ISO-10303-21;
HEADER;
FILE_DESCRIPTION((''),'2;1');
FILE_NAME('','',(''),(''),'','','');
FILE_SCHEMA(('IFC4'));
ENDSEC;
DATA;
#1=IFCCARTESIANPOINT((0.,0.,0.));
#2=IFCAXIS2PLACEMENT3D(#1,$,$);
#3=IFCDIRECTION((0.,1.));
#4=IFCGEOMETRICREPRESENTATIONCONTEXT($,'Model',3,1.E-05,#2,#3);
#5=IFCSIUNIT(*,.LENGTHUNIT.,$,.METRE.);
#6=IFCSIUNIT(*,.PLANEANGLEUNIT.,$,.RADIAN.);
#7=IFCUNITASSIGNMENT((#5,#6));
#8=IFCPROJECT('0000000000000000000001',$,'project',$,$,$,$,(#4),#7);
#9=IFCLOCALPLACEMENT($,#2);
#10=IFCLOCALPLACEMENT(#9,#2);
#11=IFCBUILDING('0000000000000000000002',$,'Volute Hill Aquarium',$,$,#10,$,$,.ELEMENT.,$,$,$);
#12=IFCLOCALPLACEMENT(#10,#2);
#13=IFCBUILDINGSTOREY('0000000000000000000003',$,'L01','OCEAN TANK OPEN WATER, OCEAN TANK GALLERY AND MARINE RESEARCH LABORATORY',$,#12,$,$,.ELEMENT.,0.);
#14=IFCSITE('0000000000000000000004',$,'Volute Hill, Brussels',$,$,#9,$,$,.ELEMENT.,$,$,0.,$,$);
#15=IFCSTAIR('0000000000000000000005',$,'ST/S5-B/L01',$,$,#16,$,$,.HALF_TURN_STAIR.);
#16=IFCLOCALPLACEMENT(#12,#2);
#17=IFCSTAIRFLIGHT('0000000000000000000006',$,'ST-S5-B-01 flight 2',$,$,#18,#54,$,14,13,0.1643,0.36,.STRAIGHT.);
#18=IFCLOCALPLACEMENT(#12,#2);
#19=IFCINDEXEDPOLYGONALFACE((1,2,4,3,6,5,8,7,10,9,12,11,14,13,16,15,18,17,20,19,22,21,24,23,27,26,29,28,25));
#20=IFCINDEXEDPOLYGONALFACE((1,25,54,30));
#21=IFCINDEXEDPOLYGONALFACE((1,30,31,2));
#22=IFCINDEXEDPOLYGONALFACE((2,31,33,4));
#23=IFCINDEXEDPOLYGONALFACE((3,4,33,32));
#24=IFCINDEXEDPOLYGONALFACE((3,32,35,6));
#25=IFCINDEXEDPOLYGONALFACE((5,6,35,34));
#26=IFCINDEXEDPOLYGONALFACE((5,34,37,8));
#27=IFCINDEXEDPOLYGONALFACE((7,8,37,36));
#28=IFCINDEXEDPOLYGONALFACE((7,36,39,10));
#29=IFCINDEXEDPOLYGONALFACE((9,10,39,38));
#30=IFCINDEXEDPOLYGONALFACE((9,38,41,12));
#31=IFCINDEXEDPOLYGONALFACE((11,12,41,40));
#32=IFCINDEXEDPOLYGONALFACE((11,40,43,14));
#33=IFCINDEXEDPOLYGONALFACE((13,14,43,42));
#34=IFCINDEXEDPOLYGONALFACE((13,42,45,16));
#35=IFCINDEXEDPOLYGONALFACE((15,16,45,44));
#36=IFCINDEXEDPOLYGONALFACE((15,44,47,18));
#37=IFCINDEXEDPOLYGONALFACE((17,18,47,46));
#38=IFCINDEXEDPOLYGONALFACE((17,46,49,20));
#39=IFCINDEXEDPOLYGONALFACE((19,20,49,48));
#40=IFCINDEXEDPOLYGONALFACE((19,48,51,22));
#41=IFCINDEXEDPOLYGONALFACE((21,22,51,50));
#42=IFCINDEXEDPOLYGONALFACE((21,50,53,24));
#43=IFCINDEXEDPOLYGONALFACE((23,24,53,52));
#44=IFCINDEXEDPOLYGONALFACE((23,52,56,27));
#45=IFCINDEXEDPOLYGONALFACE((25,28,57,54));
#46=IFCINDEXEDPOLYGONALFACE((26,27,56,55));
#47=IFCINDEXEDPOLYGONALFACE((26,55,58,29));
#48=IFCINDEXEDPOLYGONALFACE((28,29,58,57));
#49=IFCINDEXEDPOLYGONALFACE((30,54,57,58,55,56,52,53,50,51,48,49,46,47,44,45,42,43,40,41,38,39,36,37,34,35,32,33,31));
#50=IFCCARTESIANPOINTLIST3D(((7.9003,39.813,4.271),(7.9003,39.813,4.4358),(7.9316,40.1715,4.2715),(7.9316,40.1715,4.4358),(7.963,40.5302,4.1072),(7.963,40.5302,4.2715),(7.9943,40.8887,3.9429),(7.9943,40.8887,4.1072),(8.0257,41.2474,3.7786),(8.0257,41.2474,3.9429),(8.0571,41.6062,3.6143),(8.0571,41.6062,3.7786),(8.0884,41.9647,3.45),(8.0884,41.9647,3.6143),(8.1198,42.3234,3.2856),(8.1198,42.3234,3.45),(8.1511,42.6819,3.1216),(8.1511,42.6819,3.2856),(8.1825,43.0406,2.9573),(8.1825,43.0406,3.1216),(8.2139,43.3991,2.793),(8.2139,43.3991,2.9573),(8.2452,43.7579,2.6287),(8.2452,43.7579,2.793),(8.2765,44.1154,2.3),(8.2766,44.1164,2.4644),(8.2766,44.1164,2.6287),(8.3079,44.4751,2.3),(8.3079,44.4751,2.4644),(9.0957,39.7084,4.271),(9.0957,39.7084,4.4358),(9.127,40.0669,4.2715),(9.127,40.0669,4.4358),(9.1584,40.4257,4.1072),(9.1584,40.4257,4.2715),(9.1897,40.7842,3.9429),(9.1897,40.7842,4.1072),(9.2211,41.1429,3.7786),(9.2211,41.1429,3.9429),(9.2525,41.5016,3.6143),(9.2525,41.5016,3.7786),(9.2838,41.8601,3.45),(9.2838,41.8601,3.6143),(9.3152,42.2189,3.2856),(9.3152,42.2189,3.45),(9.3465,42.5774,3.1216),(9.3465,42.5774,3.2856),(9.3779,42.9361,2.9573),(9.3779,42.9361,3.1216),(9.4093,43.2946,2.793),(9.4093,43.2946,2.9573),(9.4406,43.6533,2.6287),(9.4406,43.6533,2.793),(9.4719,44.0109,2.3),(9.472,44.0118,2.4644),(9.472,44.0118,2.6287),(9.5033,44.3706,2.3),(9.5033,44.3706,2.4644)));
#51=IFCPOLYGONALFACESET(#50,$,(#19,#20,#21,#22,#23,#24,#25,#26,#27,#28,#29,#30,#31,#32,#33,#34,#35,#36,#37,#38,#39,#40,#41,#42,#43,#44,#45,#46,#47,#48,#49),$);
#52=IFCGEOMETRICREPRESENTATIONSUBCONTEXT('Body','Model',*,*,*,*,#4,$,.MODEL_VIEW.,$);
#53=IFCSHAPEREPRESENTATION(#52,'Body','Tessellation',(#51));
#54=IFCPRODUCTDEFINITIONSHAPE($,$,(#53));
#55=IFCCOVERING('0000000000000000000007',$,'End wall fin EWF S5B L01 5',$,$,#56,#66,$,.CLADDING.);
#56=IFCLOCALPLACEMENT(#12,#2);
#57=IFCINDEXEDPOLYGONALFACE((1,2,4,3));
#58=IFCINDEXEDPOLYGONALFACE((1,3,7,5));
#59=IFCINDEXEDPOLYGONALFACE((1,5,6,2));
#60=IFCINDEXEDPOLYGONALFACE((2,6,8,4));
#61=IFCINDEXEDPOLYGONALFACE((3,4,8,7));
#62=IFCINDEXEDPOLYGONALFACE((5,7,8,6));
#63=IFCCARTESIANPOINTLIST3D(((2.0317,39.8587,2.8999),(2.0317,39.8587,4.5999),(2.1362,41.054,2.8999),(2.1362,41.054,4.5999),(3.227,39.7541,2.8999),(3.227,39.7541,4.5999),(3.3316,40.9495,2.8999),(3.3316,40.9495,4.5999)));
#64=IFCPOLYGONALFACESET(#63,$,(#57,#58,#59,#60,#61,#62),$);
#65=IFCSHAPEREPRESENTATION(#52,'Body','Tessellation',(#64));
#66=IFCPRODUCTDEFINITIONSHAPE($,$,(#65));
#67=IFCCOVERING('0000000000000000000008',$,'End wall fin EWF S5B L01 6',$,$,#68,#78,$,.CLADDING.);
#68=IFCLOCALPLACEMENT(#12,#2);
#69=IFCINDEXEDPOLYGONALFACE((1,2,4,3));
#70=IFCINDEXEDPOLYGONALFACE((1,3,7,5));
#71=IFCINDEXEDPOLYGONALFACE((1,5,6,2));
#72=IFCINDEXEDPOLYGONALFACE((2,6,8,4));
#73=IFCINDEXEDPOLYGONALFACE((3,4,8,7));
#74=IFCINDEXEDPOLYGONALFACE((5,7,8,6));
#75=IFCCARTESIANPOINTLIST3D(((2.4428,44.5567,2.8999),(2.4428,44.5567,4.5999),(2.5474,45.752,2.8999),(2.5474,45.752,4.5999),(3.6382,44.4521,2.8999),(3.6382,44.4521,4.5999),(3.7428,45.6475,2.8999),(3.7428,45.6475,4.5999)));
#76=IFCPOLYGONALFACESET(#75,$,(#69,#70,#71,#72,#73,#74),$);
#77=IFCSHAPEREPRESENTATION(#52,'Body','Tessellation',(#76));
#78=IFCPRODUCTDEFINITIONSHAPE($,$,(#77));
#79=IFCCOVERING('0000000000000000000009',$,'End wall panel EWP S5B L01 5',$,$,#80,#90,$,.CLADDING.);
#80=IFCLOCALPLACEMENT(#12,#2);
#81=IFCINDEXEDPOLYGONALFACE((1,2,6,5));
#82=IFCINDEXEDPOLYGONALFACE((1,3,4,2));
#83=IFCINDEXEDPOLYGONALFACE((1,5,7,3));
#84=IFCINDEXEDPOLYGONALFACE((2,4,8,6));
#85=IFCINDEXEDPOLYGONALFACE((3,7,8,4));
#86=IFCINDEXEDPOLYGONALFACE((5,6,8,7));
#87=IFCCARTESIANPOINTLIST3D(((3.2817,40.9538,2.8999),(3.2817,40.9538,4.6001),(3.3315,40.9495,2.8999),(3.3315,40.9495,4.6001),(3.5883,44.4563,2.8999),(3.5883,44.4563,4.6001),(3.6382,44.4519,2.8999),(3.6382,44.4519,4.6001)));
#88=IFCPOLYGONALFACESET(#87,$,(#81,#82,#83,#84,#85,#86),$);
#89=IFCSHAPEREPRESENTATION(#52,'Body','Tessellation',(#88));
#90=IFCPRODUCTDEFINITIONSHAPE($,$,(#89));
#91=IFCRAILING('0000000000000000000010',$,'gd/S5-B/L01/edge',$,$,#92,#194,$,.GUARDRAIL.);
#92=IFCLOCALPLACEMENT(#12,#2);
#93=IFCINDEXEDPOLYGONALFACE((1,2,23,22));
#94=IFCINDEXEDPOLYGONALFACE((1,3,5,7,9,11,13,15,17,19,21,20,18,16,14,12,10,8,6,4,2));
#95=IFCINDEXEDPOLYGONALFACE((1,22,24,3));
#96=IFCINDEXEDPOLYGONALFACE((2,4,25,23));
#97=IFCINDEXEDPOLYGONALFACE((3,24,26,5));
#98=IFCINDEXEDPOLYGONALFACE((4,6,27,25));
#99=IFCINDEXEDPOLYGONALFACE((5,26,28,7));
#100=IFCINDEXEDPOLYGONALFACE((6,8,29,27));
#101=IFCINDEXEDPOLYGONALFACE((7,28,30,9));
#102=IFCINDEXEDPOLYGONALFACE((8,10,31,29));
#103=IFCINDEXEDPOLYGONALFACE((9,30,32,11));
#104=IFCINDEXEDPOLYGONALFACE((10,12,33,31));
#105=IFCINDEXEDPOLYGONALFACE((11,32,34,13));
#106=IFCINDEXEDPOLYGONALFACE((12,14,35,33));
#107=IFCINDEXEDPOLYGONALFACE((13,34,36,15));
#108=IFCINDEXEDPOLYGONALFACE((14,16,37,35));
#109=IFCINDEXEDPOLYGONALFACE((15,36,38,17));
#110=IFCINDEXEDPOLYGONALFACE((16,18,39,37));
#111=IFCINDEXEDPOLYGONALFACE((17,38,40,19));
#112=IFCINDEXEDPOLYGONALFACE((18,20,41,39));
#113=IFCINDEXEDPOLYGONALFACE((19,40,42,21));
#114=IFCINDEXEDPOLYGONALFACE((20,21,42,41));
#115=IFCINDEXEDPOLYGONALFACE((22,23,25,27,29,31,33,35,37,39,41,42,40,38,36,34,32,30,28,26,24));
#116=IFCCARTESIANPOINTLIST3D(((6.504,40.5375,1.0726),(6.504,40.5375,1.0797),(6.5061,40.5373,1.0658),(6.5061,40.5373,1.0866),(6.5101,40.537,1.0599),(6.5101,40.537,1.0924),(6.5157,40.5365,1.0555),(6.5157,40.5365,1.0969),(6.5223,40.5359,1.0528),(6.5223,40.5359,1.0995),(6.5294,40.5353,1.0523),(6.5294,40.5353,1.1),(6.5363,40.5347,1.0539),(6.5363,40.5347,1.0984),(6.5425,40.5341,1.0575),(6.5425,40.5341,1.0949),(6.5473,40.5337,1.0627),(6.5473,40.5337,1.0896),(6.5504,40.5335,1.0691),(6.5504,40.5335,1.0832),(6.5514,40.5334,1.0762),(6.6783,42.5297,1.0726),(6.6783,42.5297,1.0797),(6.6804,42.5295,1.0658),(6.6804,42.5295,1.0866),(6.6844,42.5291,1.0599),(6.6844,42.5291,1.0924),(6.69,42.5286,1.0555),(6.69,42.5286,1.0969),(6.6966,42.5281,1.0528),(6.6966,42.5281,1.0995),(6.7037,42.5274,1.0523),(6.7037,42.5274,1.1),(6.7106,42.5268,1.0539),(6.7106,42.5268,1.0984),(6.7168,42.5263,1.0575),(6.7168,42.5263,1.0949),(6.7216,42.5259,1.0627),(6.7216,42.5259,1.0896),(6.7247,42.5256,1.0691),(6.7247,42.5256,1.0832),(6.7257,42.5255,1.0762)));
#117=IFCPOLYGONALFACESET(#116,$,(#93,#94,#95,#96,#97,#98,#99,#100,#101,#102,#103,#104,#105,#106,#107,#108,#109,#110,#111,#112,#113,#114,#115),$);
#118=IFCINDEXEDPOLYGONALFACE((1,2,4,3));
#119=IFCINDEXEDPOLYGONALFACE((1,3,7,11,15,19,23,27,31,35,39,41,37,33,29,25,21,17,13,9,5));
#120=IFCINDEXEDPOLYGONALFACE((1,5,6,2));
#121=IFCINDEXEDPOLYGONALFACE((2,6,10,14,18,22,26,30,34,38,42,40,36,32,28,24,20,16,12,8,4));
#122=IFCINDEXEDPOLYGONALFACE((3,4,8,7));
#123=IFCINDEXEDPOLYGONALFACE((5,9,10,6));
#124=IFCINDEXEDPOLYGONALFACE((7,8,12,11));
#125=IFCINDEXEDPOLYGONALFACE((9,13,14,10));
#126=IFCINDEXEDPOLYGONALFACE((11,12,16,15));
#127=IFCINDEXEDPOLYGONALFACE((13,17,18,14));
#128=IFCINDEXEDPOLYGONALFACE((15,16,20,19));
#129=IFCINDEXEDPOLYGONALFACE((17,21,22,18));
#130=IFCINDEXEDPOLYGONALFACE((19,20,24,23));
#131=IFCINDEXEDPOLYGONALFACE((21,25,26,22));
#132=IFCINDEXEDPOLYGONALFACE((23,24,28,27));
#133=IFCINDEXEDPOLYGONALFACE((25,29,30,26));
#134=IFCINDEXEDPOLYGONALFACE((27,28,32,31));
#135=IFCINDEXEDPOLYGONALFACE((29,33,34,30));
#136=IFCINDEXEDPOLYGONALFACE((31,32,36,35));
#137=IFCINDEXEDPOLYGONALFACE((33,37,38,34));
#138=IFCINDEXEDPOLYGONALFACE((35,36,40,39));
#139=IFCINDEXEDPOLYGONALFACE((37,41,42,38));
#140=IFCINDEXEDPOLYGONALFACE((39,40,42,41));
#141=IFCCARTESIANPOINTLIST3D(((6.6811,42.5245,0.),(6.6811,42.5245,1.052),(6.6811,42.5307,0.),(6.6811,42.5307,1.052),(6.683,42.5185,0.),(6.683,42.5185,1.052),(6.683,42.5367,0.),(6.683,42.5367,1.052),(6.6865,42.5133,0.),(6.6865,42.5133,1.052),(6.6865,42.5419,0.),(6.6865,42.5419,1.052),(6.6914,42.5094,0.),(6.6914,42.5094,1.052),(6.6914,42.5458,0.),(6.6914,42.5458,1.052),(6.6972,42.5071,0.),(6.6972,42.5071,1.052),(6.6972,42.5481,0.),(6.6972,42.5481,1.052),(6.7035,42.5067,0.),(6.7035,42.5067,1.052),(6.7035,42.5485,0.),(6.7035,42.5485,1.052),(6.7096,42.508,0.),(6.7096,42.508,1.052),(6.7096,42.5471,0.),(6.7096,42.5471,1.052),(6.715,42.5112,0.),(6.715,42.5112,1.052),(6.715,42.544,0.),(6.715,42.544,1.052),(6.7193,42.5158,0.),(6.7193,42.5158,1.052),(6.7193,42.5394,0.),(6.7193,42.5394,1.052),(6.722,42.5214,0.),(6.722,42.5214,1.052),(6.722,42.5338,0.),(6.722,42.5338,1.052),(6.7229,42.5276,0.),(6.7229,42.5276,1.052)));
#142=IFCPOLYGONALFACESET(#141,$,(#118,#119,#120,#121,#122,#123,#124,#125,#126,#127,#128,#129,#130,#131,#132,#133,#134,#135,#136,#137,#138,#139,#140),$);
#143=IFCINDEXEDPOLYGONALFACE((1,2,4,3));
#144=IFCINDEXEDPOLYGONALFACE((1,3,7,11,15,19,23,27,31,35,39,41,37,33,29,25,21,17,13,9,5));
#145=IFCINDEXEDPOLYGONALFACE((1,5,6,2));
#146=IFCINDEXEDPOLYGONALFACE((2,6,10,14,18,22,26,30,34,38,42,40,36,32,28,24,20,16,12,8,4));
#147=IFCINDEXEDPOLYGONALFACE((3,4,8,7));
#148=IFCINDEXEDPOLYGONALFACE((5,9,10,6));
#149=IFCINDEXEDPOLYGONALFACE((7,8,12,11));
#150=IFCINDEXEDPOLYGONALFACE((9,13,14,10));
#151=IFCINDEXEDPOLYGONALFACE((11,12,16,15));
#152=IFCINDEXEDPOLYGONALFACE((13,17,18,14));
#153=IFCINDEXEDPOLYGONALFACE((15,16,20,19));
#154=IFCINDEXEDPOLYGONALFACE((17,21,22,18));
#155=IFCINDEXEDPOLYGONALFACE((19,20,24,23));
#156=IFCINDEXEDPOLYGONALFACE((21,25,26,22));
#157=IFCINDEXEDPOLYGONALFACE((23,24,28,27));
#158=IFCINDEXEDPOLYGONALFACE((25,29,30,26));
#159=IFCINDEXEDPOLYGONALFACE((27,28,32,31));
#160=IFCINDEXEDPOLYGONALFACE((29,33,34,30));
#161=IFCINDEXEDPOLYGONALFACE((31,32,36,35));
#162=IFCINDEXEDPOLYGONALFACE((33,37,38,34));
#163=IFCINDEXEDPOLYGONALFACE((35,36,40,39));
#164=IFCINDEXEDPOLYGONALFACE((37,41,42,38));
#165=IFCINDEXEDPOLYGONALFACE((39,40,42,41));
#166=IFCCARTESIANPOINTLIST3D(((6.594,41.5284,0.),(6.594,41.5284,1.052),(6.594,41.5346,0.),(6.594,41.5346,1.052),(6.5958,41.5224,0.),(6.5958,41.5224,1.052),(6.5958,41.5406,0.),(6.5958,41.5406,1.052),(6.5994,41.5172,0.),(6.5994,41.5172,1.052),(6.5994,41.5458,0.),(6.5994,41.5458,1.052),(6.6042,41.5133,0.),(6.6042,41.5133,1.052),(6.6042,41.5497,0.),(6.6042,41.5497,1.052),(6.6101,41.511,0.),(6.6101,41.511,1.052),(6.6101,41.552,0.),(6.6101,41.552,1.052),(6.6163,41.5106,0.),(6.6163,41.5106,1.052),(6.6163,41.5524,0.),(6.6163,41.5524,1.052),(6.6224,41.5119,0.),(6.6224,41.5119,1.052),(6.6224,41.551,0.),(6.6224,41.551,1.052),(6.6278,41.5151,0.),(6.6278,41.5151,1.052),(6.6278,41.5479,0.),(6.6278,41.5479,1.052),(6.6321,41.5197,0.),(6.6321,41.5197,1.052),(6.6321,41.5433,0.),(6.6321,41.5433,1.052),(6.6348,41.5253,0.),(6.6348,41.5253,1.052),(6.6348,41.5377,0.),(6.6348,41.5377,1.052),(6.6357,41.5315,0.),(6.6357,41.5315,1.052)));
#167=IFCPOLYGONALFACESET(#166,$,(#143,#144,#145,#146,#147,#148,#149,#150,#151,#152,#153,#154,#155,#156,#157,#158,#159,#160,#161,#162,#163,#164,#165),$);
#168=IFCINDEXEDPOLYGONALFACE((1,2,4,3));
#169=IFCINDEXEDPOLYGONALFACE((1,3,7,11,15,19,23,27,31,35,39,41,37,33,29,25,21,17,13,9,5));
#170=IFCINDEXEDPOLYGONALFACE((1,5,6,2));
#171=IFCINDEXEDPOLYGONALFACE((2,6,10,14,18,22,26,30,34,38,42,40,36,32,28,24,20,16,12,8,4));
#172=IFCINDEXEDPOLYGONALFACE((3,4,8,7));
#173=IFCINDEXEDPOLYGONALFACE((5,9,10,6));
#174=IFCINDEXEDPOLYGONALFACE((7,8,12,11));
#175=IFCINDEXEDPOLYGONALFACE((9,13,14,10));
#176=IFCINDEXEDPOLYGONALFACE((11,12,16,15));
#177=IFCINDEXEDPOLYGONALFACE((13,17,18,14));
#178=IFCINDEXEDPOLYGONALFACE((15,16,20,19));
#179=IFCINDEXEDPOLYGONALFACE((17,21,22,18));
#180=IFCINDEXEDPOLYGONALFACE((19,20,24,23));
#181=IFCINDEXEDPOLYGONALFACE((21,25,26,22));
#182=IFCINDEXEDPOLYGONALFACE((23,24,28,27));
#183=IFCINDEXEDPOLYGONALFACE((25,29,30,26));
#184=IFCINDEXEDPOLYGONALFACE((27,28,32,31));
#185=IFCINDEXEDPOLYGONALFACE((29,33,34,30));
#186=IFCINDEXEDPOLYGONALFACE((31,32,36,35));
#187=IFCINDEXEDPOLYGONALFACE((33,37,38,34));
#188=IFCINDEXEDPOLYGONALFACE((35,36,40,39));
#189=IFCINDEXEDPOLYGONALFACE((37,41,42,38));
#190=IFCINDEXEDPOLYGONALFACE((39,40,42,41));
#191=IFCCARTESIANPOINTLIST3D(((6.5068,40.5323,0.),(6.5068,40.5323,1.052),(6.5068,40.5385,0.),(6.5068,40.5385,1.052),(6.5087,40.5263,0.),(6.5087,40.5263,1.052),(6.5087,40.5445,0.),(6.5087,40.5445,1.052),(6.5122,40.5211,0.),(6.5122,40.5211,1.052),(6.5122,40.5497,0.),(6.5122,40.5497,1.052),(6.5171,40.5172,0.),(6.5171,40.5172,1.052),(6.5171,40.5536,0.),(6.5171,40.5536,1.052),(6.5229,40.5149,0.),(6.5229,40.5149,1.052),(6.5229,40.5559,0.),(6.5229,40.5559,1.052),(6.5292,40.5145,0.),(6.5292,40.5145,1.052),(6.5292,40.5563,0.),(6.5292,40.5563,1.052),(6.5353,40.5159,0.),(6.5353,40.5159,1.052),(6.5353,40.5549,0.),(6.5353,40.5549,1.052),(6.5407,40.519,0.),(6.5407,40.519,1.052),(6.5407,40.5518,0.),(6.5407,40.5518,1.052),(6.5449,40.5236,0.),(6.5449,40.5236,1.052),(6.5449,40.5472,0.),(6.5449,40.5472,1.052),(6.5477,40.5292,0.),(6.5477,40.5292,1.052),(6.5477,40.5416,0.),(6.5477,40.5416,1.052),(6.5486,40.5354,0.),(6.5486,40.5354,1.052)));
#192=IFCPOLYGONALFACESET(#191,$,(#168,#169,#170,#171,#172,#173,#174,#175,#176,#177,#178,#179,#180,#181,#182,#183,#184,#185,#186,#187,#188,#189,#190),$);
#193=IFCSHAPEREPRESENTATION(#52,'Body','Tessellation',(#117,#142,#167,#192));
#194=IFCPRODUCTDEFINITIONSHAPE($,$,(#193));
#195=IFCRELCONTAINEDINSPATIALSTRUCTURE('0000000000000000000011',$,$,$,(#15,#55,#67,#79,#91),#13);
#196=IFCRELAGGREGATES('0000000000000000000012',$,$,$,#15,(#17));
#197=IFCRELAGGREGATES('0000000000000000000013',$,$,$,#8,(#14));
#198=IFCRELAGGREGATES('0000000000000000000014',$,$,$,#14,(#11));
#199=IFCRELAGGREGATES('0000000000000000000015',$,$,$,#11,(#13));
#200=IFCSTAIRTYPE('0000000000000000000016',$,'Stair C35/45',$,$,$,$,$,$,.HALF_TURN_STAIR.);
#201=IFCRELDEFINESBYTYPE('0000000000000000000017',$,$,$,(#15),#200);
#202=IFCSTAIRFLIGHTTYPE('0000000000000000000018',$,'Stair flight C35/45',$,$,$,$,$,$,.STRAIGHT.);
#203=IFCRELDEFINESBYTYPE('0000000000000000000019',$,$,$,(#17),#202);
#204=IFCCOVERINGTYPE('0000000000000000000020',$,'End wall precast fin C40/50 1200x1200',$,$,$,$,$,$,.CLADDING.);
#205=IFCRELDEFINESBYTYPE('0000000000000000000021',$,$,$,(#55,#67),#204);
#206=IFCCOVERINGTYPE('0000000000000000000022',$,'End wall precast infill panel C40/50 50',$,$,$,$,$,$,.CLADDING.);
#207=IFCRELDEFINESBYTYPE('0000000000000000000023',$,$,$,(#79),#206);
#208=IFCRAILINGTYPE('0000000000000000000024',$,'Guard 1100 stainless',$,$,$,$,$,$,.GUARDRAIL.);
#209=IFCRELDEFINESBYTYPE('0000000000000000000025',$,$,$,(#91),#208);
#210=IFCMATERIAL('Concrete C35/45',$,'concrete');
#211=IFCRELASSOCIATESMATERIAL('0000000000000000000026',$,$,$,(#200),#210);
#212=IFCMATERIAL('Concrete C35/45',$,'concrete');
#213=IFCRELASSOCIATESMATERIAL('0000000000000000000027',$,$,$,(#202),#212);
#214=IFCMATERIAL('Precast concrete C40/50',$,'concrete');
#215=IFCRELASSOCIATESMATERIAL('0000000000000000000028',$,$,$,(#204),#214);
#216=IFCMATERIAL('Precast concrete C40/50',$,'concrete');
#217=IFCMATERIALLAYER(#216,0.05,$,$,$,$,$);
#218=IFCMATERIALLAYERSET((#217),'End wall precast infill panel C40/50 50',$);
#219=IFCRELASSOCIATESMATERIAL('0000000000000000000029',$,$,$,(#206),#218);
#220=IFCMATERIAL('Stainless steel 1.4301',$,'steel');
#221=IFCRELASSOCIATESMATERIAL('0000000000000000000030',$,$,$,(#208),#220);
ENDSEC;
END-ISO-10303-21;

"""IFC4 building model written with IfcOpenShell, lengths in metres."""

from ifc_helpers import new_model, si_unit, direction, frame, origin, origin_2d, place, context, subcontext, project, spatial, polyline, rectangle, circle, outline, extrude, material, layer, layer_set, type_object, element, aggregate, save


model = new_model("IFC4")

# Units and contexts
model_context = context("Model", 3, precision=1e-05, world=origin(), true_north=direction((0.0, 1.0)))
body_context = subcontext(model_context, "Body", "Model", "MODEL_VIEW")
ifc_project = project(units=[si_unit("LENGTHUNIT", "METRE"), si_unit("PLANEANGLEUNIT", "RADIAN")], contexts=[model_context])

# Site, building, storey
site_placement = place(None, origin())
site = spatial("IfcSite", under=ifc_project, at=site_placement, Name="Volute Hill, Brussels", CompositionType="ELEMENT", RefElevation=0.0)
building_placement = place(site_placement, origin())
building = spatial("IfcBuilding", under=site, at=building_placement, Name="Volute Hill Aquarium", CompositionType="ELEMENT")
storey_placement = place(building_placement, origin())
storey = spatial("IfcBuildingStorey", under=building, at=storey_placement, Name="L01", Description="OCEAN TANK OPEN WATER, OCEAN TANK GALLERY AND MARINE RESEARCH LABORATORY", CompositionType="ELEMENT", Elevation=0.0)

# Stair, stair flight
ifc_material_1 = material(Name="Concrete C35/45", Category="concrete")
stair_type = type_object("IfcStairType", Name="Stair C35/45", PredefinedType="HALF_TURN_STAIR", material=ifc_material_1)
stair_placement = place(storey_placement, origin())
stair = element("IfcStair", 1, at=stair_placement, inside=storey, type_object=stair_type, Name="ST/S5-B/L01", PredefinedType="HALF_TURN_STAIR")
ifc_material_2 = material(Name="Concrete C35/45", Category="concrete")
stair_flight_type = type_object("IfcStairFlightType", Name="Stair flight C35/45", PredefinedType="STRAIGHT", material=ifc_material_2)
stair_flight_1_placement = place(storey_placement, frame((8.9055, 44.4229, 2.3), z_axis=(0.0, 0.0, 1.0), x_axis=(-0.087109, -0.996199, 0.0)))
stair_flight_1 = element("IfcStairFlight", 2, at=stair_flight_1_placement, type_object=stair_flight_type, Name="ST-S5-B-01 flight 2", NumberOfRisers=14, NumberOfTreads=13, PredefinedType="STRAIGHT", RiserHeight=0.1643, TreadLength=0.36, context=body_context, shape_type="SweptSolid", body=[
    extrude(outline(polyline([(0.0, 0.0), (0.0, 0.1643), (0.3601, 0.1643), (0.3601, 0.3286), (0.72, 0.3286), (0.72, 0.4929), (1.0801, 0.4929), (1.0801, 0.6572), (1.4399, 0.6572), (1.4399, 0.8215), (1.8, 0.8215), (1.8, 0.9856), (2.1599, 0.9856), (2.1599, 1.1499), (2.52, 1.1499), (2.52, 1.3142), (2.8799, 1.3142), (2.8799, 1.4785), (3.24, 1.4785), (3.24, 1.6428), (3.6001, 1.6428), (3.6001, 1.8071), (3.96, 1.8071), (3.96, 1.9714), (4.3201, 1.9714), (4.3201, 2.1357), (4.6799, 2.1357), (4.6799, 2.3), (4.6799, 1.9709), (0.3611, 0.0), (0.0, 0.0)])), frame((0.0, 0.6001, 0.0), z_axis=(0.0, -1.0, 0.0), x_axis=(1.0, 0.0, 0.0)), (0.0, 0.0, 1.0), 1.2),
])
aggregate(stair, [stair_flight_1])

# Coverings
ifc_material_3 = material(Name="Precast concrete C40/50", Category="concrete")
covering_type_1 = type_object("IfcCoveringType", Name="End wall precast fin C40/50 1200x1200", PredefinedType="CLADDING", material=ifc_material_3)
for number, where, z_axis, x_axis, name in (
    (3, (2.6816, 40.4041, 2.8999), (0.0, 0.0, 1.0), (0.087157, 0.996195, 0.0), "End wall fin EWF S5B L01 5"),
    (4, (3.0928, 45.1021, 2.8999), (0.0, 0.0, 1.0), (0.087157, 0.996195, 0.0), "End wall fin EWF S5B L01 6"),
):
    element("IfcCovering", number, at=place(storey_placement, frame(where, z_axis=z_axis, x_axis=x_axis)), inside=storey, type_object=covering_type_1, Name=name, PredefinedType="CLADDING", context=body_context, shape_type="SweptSolid", body=[
        extrude(rectangle(XDim=1.2, YDim=1.2, at=origin_2d()), origin(), (0.0, 0.0, 1.0), 1.7),
    ])
ifc_material_4 = material(Name="Precast concrete C40/50", Category="concrete")
ifc_layer_1 = layer(ifc_material_4, 0.05)
ifc_layer_set_1 = layer_set([ifc_layer_1], Name="End wall precast infill panel C40/50 50")
covering_type_2 = type_object("IfcCoveringType", Name="End wall precast infill panel C40/50 50", PredefinedType="CLADDING", material=ifc_layer_set_1)
covering_1_placement = place(storey_placement, frame((3.3315, 40.9495, 2.8999), z_axis=(0.996189, -0.087217, 0.0), x_axis=(0.087217, 0.996189, 0.0)))
element("IfcCovering", 5, at=covering_1_placement, inside=storey, type_object=covering_type_2, Name="End wall panel EWP S5B L01 5", PredefinedType="CLADDING", context=body_context, shape_type="SweptSolid", body=[
    extrude(outline(polyline([(0.0, 0.0), (3.5158, 0.0), (3.5158, 1.7002), (0.0, 1.7002), (0.0, 0.0)])), origin(), (0.0, 0.0, -1.0), 0.05),
])

# Railing
ifc_material_5 = material(Name="Stainless steel 1.4301", Category="steel")
railing_type_1 = type_object("IfcRailingType", Name="Guard 1100 stainless", PredefinedType="GUARDRAIL", material=ifc_material_5)
railing_1_placement = place(storey_placement, frame((6.7019, 42.5276, 0.0)))
element("IfcRailing", 6, at=railing_1_placement, inside=storey, type_object=railing_type_1, Name="gd/S5-B/L01/edge", PredefinedType="GUARDRAIL", context=body_context, shape_type="SweptSolid", body=[
    extrude(circle(Radius=0.0239, at=origin_2d()), frame((0.0, 0.0, 1.0762), z_axis=(-0.087167, -0.996194, 0.0), x_axis=(0.996194, -0.087167, 0.0)), (0.0, 0.0, 1.0), 1.9998),
    extrude(circle(Radius=0.021, at=origin_2d()), origin(), (0.0, 0.0, 1.0), 1.052),
    extrude(circle(Radius=0.021, at=origin_2d()), frame((-0.0872, -0.9961, 0.0)), (0.0, 0.0, 1.0), 1.052),
    extrude(circle(Radius=0.021, at=origin_2d()), frame((-0.1743, -1.9922, 0.0)), (0.0, 0.0, 1.0), 1.052),
])

save(model, "model.ifc")
